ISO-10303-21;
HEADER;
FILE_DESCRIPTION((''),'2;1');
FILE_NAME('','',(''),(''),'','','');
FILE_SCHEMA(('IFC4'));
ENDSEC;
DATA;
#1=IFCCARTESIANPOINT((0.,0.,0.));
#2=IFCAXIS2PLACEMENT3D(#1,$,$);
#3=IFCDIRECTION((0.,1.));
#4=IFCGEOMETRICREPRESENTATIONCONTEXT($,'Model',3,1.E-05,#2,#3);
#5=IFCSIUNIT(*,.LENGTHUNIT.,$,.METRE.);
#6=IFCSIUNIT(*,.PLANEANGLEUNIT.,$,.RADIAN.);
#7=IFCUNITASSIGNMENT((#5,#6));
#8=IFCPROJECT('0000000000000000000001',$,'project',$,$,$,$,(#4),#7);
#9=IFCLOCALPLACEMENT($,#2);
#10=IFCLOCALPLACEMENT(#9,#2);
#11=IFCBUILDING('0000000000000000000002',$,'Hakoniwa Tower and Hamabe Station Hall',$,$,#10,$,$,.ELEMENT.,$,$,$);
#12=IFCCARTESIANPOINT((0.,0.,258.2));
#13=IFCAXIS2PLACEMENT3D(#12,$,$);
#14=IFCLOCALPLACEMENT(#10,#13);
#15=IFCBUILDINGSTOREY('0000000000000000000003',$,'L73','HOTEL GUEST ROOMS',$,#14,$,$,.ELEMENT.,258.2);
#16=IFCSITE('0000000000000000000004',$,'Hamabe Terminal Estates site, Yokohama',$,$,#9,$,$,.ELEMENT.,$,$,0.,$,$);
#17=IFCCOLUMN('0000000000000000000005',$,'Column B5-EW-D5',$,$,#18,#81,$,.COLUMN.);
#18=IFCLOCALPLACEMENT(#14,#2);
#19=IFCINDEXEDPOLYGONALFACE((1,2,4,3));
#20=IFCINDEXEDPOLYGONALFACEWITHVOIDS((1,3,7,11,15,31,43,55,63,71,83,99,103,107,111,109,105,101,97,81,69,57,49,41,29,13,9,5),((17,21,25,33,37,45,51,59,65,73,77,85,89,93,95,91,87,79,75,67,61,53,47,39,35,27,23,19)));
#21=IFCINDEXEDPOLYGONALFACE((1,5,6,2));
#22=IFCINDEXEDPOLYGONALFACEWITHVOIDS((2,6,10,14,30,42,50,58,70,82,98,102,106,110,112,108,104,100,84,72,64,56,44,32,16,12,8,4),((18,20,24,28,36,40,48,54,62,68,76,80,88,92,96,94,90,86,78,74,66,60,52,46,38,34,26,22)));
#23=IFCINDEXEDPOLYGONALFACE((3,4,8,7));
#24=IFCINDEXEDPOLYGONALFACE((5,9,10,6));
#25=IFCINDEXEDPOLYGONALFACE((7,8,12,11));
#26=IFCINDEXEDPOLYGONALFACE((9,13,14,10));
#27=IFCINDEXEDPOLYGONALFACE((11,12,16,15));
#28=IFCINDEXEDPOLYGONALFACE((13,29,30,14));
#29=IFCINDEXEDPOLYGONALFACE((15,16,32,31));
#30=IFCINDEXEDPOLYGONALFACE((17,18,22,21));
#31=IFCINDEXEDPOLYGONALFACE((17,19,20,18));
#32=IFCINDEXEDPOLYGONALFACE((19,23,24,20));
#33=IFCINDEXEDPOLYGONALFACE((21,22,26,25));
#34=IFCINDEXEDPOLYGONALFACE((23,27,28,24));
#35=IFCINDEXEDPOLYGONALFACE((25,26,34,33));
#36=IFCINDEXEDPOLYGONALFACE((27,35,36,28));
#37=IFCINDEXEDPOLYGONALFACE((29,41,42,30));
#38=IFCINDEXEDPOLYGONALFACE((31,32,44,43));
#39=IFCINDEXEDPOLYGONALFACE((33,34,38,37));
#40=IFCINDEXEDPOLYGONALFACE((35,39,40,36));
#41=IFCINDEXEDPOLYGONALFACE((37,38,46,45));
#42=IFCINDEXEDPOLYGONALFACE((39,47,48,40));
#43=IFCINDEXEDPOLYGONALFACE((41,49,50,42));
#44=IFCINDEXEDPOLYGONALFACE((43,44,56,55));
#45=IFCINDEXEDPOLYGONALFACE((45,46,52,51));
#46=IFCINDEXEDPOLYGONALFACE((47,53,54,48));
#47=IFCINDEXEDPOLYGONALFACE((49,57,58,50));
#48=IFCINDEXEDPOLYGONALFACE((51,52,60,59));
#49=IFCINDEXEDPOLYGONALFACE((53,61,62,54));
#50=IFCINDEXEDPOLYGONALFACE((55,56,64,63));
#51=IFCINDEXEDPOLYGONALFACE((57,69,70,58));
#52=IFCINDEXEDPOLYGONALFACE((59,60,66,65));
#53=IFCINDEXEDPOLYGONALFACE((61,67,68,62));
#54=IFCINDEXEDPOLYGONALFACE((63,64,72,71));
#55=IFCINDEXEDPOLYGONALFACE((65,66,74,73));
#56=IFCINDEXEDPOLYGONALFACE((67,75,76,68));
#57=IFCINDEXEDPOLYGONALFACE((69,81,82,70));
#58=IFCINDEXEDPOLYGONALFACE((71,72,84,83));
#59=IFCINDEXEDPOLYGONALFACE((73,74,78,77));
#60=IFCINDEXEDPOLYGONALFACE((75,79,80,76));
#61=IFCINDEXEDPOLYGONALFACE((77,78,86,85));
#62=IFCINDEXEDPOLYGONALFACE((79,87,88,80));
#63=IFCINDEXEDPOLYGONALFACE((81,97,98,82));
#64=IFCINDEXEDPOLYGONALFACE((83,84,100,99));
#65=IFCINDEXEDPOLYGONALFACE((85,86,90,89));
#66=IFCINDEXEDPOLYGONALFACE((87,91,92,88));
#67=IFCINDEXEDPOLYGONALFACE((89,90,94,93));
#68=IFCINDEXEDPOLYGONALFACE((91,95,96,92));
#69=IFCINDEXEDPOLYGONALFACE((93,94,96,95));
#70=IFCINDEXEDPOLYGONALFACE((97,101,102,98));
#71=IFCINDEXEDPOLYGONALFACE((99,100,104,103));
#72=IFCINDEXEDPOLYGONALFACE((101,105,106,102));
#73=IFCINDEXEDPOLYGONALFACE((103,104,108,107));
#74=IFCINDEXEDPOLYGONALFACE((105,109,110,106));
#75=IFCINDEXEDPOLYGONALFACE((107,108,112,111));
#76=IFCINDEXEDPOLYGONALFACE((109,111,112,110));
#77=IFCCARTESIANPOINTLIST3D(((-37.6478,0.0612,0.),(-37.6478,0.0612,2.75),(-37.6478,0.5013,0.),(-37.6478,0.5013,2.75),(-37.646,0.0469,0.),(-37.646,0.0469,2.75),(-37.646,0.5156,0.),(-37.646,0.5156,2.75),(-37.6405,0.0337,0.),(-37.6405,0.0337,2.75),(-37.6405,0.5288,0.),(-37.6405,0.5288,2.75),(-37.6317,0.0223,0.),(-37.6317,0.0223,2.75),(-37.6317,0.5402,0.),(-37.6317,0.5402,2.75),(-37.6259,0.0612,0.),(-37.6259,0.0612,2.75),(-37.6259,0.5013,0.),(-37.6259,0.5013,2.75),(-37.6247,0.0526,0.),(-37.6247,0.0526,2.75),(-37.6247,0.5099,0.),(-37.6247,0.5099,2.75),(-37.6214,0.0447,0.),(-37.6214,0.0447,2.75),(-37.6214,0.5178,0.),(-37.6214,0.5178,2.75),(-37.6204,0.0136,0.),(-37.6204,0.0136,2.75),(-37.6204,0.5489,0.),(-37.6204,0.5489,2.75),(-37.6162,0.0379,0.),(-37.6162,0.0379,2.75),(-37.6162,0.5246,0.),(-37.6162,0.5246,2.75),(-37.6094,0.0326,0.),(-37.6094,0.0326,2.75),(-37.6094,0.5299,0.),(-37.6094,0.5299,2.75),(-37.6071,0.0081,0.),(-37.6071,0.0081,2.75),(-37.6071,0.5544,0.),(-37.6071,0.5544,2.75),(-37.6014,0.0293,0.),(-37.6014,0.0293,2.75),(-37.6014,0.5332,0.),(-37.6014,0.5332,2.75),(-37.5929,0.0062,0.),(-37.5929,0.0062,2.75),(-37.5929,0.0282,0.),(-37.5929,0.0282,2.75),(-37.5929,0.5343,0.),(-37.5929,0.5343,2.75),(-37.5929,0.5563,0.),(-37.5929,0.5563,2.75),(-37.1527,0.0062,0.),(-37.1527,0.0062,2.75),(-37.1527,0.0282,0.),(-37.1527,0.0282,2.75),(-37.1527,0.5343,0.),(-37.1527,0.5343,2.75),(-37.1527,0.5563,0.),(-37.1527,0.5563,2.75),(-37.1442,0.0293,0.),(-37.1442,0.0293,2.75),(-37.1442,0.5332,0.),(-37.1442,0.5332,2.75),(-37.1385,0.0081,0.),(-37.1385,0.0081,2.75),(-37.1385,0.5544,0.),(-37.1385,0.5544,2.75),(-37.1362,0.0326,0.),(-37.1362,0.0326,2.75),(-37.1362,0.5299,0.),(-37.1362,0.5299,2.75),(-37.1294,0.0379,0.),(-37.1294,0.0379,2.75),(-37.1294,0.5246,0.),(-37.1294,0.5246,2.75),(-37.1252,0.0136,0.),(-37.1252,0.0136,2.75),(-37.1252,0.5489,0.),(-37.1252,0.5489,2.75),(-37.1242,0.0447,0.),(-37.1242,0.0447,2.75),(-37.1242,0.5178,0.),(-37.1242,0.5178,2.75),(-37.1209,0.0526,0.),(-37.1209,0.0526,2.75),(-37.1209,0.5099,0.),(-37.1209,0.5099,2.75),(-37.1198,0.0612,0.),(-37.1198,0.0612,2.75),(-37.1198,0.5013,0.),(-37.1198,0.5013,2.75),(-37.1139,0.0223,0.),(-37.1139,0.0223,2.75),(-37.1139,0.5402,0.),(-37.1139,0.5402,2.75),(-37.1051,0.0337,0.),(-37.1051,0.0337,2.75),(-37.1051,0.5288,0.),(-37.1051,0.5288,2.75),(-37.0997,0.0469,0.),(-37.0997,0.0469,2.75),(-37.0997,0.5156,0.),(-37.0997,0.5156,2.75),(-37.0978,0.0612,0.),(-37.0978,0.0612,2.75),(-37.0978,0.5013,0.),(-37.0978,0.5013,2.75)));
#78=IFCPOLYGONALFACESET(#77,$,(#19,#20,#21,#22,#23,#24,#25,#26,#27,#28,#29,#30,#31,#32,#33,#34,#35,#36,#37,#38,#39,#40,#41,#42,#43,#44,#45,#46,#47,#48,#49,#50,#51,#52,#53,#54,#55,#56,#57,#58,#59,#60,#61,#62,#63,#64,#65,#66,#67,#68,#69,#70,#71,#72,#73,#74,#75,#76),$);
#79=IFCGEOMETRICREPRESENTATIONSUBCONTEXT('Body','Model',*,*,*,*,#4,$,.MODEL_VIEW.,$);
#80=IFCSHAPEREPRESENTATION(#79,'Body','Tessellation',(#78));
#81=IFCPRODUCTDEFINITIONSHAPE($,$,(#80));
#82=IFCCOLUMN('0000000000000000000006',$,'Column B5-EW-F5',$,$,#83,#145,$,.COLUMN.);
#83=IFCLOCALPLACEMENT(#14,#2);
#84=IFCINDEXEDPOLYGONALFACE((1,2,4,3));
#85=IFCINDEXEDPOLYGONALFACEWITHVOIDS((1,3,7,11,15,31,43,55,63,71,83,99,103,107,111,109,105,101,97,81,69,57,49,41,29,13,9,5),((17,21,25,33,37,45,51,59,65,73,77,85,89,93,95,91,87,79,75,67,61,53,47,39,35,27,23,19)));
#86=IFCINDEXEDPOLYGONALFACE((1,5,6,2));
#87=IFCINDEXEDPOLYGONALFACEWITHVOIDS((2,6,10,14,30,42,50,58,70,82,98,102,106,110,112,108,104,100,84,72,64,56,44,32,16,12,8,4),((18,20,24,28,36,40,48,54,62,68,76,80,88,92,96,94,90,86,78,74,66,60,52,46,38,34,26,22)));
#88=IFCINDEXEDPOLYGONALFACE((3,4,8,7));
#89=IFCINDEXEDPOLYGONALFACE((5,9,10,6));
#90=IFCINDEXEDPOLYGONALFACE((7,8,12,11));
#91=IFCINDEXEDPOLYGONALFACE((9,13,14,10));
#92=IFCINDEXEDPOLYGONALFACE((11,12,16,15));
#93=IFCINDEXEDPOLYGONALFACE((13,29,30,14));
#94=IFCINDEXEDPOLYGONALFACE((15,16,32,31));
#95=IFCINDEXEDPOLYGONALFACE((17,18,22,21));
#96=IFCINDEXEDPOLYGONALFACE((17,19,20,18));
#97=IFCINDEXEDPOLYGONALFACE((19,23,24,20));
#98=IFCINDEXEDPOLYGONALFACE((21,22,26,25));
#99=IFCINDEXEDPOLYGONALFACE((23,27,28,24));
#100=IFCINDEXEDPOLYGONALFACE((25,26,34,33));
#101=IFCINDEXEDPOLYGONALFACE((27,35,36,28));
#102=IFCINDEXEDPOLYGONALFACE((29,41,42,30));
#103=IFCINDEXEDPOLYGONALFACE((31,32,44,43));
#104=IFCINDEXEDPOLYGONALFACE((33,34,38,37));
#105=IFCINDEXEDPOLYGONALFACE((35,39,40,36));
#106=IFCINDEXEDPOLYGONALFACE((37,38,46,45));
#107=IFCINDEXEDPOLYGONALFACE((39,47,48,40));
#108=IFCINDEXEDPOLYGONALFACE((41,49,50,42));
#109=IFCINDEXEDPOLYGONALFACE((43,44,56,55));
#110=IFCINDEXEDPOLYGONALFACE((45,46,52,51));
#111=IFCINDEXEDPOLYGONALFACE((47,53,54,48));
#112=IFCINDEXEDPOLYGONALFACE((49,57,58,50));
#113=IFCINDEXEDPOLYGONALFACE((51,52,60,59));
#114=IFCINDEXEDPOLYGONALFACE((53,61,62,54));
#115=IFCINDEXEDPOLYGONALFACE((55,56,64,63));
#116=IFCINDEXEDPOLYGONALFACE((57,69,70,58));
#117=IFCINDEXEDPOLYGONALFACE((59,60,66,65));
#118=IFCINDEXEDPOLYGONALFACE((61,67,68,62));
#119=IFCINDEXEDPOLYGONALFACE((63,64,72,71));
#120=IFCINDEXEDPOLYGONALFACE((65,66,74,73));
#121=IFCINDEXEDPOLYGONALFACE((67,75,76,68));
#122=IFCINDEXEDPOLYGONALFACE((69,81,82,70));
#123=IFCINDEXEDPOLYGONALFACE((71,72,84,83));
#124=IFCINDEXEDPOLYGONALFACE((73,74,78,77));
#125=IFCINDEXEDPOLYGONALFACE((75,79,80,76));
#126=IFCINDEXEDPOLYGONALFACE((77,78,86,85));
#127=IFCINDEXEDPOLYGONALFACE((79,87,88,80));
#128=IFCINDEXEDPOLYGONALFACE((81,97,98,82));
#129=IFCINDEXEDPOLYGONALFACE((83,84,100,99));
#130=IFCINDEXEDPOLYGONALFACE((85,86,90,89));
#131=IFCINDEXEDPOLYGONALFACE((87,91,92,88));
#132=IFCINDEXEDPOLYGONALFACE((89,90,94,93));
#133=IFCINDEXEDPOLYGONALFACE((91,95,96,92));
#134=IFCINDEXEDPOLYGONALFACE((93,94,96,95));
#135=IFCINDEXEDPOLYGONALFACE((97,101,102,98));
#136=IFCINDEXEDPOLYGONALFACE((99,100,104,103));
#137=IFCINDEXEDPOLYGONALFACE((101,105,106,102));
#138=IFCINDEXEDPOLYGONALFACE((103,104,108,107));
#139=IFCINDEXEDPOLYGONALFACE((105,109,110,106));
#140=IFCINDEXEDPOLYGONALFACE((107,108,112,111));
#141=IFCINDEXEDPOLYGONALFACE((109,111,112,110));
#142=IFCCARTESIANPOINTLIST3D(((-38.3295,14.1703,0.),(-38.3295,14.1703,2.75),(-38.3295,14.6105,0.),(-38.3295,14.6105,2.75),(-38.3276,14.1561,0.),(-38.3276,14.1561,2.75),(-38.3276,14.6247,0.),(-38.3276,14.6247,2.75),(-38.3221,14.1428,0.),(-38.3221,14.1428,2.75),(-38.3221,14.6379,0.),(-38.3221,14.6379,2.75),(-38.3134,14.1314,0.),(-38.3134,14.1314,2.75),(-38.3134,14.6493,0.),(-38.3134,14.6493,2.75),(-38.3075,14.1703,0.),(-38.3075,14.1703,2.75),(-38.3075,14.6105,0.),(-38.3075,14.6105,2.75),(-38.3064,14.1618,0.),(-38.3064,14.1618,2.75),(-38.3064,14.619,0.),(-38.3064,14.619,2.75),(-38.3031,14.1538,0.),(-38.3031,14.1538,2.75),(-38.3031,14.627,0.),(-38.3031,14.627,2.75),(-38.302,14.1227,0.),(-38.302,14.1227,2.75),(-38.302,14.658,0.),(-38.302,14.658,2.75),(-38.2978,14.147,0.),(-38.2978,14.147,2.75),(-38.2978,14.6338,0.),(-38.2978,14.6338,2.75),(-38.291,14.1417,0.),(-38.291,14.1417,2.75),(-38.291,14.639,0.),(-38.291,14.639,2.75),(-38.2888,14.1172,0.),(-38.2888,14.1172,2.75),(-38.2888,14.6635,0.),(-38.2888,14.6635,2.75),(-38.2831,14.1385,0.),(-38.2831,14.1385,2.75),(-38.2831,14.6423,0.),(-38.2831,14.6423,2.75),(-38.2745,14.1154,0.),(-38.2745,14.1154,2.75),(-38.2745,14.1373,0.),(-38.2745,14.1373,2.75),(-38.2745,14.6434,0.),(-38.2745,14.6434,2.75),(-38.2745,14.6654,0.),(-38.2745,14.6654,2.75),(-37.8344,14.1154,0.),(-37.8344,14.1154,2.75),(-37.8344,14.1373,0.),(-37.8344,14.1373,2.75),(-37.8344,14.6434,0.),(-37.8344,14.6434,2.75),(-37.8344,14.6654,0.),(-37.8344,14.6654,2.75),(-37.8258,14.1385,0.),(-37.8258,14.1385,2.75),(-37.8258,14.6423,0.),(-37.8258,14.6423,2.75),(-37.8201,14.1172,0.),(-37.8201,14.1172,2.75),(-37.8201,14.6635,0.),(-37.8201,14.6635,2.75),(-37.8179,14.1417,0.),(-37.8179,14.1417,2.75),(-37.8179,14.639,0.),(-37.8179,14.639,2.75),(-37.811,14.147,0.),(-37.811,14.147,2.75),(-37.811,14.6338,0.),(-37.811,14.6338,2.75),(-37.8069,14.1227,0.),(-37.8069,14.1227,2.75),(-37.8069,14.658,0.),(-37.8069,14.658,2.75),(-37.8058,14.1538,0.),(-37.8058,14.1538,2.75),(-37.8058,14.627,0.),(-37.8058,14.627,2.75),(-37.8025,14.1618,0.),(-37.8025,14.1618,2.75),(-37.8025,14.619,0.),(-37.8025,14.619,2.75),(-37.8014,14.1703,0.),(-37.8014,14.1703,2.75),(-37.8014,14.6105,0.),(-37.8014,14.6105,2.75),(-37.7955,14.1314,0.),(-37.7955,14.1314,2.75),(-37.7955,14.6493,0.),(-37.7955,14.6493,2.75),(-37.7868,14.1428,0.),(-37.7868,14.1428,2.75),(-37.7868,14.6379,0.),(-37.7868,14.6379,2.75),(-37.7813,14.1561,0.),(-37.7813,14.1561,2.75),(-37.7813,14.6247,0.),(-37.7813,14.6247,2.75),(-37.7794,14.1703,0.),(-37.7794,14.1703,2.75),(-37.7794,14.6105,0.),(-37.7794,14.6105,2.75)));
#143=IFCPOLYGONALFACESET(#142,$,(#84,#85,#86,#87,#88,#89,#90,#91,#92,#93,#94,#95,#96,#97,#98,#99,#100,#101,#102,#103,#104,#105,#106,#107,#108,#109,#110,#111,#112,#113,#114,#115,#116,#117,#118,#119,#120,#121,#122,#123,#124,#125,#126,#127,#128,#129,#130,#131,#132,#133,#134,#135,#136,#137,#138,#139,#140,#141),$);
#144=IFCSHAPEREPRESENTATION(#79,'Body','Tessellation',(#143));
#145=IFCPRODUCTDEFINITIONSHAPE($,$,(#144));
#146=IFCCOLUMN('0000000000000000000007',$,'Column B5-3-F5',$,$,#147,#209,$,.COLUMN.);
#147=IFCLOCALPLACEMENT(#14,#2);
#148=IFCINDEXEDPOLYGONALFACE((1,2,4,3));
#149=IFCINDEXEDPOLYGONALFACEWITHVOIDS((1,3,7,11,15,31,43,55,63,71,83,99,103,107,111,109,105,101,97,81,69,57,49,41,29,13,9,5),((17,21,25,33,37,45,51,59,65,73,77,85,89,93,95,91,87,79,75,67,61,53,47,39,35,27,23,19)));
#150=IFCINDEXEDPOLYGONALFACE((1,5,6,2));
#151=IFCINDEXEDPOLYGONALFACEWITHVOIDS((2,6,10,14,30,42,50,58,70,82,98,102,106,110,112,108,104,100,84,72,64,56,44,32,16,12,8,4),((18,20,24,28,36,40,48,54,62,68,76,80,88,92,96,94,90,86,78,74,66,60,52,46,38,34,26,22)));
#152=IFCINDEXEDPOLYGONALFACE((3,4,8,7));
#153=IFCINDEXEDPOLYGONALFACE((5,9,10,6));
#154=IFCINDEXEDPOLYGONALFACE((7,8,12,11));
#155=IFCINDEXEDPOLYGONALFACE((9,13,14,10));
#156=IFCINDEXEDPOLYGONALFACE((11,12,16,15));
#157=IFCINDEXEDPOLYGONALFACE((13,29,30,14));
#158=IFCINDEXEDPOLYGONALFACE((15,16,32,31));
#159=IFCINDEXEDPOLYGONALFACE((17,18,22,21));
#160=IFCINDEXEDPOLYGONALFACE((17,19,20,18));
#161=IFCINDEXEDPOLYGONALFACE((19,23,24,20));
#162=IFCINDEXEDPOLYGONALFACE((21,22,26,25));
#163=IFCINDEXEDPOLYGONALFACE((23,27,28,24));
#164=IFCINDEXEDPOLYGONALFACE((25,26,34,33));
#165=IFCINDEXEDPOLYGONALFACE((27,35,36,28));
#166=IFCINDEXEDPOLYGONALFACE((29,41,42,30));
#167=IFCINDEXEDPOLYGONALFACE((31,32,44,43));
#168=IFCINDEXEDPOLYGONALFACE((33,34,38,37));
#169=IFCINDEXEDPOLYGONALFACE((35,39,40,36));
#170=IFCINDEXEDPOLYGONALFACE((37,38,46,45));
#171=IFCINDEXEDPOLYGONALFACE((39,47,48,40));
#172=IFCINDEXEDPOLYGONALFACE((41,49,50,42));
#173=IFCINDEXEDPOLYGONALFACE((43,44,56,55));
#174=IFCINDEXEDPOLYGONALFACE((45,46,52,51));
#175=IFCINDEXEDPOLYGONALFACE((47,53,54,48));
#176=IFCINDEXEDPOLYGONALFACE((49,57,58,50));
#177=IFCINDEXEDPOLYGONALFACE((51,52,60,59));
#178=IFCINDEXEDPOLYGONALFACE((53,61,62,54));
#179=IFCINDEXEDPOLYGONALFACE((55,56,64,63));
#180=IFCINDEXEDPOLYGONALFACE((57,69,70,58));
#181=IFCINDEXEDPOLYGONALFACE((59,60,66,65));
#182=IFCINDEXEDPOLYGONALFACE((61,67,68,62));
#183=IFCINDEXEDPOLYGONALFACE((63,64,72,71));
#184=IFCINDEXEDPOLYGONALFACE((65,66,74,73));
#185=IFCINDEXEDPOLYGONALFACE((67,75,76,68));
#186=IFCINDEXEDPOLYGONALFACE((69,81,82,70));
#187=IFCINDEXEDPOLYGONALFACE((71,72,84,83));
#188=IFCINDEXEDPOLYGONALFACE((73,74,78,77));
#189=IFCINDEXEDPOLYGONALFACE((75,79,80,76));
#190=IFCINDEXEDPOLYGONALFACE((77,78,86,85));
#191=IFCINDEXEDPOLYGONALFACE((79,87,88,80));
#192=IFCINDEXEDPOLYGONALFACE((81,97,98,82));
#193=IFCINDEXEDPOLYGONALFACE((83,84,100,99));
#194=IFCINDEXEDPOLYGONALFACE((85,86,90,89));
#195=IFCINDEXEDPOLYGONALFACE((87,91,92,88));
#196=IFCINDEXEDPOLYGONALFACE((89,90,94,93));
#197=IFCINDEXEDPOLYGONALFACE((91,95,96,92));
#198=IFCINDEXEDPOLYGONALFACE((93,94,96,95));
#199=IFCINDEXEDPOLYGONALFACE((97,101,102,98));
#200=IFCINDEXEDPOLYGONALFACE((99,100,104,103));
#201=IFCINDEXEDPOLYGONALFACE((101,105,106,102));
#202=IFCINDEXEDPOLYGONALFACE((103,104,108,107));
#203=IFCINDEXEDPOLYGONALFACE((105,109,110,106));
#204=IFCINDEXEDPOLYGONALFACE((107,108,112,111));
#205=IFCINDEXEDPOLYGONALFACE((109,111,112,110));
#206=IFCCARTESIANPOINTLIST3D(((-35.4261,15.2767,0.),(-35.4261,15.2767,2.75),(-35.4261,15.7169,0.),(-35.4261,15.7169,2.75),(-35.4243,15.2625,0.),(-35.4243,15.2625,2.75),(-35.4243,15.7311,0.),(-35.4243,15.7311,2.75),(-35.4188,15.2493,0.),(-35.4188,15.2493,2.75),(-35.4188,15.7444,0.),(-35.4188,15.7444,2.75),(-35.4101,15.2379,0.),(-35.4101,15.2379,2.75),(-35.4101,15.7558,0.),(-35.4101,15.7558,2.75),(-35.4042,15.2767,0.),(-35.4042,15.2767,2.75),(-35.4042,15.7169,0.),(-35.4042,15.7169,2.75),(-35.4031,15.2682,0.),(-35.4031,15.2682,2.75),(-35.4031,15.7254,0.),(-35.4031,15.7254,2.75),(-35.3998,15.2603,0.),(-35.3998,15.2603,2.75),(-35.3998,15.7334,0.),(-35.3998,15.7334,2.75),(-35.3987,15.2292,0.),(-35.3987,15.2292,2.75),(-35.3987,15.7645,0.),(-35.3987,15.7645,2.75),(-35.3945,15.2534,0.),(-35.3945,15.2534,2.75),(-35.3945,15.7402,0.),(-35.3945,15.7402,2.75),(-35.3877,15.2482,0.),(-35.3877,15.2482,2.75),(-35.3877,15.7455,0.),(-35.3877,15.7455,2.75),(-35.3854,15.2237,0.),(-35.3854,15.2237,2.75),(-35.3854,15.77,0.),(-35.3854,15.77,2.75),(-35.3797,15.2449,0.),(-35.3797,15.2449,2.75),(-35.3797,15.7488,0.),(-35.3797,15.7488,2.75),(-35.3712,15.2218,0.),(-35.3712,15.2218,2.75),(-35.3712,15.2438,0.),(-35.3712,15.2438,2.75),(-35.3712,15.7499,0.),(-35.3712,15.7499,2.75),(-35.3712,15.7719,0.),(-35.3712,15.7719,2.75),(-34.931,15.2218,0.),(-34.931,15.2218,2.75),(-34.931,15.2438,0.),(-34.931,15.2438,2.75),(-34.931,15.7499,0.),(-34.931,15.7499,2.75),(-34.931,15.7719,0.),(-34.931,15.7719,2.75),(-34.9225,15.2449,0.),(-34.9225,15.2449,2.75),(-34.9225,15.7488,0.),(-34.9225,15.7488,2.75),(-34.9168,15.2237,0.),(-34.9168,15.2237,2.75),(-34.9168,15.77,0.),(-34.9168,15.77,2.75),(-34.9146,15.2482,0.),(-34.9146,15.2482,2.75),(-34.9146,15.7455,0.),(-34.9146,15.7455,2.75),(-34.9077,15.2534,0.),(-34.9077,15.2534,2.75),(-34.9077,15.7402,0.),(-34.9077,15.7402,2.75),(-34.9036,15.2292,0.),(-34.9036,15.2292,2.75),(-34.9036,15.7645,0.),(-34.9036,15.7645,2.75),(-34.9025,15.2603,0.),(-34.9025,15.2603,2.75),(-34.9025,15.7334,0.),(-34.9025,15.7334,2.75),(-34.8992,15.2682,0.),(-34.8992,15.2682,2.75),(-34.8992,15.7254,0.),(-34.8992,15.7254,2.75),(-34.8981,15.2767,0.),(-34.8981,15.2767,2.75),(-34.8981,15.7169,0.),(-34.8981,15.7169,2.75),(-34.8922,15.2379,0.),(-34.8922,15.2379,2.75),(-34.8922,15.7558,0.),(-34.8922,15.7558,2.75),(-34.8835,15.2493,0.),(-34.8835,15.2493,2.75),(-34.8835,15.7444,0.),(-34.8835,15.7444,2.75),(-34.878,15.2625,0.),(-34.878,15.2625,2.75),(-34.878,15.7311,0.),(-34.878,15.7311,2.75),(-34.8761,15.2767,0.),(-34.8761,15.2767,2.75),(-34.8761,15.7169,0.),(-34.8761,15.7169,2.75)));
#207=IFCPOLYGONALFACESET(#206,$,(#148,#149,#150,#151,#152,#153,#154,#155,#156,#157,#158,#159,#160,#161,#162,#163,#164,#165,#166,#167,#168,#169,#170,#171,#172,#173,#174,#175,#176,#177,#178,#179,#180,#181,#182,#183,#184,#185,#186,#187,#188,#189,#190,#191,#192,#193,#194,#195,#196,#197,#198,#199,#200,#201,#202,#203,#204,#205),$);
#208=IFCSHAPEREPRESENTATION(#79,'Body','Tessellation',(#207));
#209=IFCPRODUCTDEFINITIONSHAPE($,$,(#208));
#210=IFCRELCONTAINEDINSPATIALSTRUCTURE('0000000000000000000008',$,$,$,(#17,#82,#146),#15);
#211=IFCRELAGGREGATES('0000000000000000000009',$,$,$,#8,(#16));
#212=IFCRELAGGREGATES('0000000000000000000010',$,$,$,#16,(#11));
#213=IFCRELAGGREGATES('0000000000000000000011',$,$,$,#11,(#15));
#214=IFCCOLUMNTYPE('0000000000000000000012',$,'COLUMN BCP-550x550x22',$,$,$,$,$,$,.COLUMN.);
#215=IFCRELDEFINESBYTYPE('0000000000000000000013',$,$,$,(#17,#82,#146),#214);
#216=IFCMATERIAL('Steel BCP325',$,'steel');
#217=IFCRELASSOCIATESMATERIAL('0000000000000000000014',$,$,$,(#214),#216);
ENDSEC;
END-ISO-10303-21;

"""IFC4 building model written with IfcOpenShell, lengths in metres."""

from ifc_helpers import new_model, si_unit, direction, frame, origin, origin_2d, place, context, subcontext, project, spatial, hollow_rectangle, extrude, material, material_profile, profile_set, type_object, element, save


model = new_model("IFC4")

# Units and contexts
model_context = context("Model", 3, precision=1e-05, world=origin(), true_north=direction((0.0, 1.0)))
body_context = subcontext(model_context, "Body", "Model", "MODEL_VIEW")
ifc_project = project(units=[si_unit("LENGTHUNIT", "METRE"), si_unit("PLANEANGLEUNIT", "RADIAN")], contexts=[model_context])

# Site, building, storey
site_placement = place(None, origin())
site = spatial("IfcSite", under=ifc_project, at=site_placement, Name="Hamabe Terminal Estates site, Yokohama", CompositionType="ELEMENT", RefElevation=0.0)
building_placement = place(site_placement, origin())
building = spatial("IfcBuilding", under=site, at=building_placement, Name="Hakoniwa Tower and Hamabe Station Hall", CompositionType="ELEMENT")
storey_placement = place(building_placement, frame((0.0, 0.0, 258.2)))
storey = spatial("IfcBuildingStorey", under=building, at=storey_placement, Name="L73", Description="HOTEL GUEST ROOMS", CompositionType="ELEMENT", Elevation=258.2)

# Columns
ifc_material_1 = material(Name="Steel BCP325", Category="steel")
ifc_material_profile_1 = material_profile(ifc_material_1, hollow_rectangle(XDim=0.55, YDim=0.55, WallThickness=0.022, InnerFilletRadius=0.033, OuterFilletRadius=0.0549, at=origin_2d()), Name="BCP-550x550x22")
ifc_profile_set_1 = profile_set([ifc_material_profile_1], Name="Steel BCP325")
column_type = type_object("IfcColumnType", Name="COLUMN BCP-550x550x22", PredefinedType="COLUMN", material=ifc_profile_set_1)
for number, where, z_axis, x_axis, name in (
    (1, (-37.3728, 0.2812, 0.0), (0.0, 0.0, 1.0), (1.0, 0.0, 0.0), "Column B5-EW-D5"),
    (2, (-38.0544, 14.3904, 0.0), (0.0, 0.0, 1.0), (1.0, 0.0, 0.0), "Column B5-EW-F5"),
    (3, (-35.1511, 15.4968, 0.0), (0.0, 0.0, 1.0), (1.0, 0.0, 0.0), "Column B5-3-F5"),
):
    element("IfcColumn", number, at=place(storey_placement, frame(where, z_axis=z_axis, x_axis=x_axis)), inside=storey, type_object=column_type, Name=name, PredefinedType="COLUMN", context=body_context, shape_type="SweptSolid", body=[
        extrude(hollow_rectangle(XDim=0.55, YDim=0.55, WallThickness=0.022, InnerFilletRadius=0.033, OuterFilletRadius=0.0549, at=origin_2d()), origin(), (0.0, 0.0, 1.0), 2.75),
    ])

save(model, "model.ifc")
